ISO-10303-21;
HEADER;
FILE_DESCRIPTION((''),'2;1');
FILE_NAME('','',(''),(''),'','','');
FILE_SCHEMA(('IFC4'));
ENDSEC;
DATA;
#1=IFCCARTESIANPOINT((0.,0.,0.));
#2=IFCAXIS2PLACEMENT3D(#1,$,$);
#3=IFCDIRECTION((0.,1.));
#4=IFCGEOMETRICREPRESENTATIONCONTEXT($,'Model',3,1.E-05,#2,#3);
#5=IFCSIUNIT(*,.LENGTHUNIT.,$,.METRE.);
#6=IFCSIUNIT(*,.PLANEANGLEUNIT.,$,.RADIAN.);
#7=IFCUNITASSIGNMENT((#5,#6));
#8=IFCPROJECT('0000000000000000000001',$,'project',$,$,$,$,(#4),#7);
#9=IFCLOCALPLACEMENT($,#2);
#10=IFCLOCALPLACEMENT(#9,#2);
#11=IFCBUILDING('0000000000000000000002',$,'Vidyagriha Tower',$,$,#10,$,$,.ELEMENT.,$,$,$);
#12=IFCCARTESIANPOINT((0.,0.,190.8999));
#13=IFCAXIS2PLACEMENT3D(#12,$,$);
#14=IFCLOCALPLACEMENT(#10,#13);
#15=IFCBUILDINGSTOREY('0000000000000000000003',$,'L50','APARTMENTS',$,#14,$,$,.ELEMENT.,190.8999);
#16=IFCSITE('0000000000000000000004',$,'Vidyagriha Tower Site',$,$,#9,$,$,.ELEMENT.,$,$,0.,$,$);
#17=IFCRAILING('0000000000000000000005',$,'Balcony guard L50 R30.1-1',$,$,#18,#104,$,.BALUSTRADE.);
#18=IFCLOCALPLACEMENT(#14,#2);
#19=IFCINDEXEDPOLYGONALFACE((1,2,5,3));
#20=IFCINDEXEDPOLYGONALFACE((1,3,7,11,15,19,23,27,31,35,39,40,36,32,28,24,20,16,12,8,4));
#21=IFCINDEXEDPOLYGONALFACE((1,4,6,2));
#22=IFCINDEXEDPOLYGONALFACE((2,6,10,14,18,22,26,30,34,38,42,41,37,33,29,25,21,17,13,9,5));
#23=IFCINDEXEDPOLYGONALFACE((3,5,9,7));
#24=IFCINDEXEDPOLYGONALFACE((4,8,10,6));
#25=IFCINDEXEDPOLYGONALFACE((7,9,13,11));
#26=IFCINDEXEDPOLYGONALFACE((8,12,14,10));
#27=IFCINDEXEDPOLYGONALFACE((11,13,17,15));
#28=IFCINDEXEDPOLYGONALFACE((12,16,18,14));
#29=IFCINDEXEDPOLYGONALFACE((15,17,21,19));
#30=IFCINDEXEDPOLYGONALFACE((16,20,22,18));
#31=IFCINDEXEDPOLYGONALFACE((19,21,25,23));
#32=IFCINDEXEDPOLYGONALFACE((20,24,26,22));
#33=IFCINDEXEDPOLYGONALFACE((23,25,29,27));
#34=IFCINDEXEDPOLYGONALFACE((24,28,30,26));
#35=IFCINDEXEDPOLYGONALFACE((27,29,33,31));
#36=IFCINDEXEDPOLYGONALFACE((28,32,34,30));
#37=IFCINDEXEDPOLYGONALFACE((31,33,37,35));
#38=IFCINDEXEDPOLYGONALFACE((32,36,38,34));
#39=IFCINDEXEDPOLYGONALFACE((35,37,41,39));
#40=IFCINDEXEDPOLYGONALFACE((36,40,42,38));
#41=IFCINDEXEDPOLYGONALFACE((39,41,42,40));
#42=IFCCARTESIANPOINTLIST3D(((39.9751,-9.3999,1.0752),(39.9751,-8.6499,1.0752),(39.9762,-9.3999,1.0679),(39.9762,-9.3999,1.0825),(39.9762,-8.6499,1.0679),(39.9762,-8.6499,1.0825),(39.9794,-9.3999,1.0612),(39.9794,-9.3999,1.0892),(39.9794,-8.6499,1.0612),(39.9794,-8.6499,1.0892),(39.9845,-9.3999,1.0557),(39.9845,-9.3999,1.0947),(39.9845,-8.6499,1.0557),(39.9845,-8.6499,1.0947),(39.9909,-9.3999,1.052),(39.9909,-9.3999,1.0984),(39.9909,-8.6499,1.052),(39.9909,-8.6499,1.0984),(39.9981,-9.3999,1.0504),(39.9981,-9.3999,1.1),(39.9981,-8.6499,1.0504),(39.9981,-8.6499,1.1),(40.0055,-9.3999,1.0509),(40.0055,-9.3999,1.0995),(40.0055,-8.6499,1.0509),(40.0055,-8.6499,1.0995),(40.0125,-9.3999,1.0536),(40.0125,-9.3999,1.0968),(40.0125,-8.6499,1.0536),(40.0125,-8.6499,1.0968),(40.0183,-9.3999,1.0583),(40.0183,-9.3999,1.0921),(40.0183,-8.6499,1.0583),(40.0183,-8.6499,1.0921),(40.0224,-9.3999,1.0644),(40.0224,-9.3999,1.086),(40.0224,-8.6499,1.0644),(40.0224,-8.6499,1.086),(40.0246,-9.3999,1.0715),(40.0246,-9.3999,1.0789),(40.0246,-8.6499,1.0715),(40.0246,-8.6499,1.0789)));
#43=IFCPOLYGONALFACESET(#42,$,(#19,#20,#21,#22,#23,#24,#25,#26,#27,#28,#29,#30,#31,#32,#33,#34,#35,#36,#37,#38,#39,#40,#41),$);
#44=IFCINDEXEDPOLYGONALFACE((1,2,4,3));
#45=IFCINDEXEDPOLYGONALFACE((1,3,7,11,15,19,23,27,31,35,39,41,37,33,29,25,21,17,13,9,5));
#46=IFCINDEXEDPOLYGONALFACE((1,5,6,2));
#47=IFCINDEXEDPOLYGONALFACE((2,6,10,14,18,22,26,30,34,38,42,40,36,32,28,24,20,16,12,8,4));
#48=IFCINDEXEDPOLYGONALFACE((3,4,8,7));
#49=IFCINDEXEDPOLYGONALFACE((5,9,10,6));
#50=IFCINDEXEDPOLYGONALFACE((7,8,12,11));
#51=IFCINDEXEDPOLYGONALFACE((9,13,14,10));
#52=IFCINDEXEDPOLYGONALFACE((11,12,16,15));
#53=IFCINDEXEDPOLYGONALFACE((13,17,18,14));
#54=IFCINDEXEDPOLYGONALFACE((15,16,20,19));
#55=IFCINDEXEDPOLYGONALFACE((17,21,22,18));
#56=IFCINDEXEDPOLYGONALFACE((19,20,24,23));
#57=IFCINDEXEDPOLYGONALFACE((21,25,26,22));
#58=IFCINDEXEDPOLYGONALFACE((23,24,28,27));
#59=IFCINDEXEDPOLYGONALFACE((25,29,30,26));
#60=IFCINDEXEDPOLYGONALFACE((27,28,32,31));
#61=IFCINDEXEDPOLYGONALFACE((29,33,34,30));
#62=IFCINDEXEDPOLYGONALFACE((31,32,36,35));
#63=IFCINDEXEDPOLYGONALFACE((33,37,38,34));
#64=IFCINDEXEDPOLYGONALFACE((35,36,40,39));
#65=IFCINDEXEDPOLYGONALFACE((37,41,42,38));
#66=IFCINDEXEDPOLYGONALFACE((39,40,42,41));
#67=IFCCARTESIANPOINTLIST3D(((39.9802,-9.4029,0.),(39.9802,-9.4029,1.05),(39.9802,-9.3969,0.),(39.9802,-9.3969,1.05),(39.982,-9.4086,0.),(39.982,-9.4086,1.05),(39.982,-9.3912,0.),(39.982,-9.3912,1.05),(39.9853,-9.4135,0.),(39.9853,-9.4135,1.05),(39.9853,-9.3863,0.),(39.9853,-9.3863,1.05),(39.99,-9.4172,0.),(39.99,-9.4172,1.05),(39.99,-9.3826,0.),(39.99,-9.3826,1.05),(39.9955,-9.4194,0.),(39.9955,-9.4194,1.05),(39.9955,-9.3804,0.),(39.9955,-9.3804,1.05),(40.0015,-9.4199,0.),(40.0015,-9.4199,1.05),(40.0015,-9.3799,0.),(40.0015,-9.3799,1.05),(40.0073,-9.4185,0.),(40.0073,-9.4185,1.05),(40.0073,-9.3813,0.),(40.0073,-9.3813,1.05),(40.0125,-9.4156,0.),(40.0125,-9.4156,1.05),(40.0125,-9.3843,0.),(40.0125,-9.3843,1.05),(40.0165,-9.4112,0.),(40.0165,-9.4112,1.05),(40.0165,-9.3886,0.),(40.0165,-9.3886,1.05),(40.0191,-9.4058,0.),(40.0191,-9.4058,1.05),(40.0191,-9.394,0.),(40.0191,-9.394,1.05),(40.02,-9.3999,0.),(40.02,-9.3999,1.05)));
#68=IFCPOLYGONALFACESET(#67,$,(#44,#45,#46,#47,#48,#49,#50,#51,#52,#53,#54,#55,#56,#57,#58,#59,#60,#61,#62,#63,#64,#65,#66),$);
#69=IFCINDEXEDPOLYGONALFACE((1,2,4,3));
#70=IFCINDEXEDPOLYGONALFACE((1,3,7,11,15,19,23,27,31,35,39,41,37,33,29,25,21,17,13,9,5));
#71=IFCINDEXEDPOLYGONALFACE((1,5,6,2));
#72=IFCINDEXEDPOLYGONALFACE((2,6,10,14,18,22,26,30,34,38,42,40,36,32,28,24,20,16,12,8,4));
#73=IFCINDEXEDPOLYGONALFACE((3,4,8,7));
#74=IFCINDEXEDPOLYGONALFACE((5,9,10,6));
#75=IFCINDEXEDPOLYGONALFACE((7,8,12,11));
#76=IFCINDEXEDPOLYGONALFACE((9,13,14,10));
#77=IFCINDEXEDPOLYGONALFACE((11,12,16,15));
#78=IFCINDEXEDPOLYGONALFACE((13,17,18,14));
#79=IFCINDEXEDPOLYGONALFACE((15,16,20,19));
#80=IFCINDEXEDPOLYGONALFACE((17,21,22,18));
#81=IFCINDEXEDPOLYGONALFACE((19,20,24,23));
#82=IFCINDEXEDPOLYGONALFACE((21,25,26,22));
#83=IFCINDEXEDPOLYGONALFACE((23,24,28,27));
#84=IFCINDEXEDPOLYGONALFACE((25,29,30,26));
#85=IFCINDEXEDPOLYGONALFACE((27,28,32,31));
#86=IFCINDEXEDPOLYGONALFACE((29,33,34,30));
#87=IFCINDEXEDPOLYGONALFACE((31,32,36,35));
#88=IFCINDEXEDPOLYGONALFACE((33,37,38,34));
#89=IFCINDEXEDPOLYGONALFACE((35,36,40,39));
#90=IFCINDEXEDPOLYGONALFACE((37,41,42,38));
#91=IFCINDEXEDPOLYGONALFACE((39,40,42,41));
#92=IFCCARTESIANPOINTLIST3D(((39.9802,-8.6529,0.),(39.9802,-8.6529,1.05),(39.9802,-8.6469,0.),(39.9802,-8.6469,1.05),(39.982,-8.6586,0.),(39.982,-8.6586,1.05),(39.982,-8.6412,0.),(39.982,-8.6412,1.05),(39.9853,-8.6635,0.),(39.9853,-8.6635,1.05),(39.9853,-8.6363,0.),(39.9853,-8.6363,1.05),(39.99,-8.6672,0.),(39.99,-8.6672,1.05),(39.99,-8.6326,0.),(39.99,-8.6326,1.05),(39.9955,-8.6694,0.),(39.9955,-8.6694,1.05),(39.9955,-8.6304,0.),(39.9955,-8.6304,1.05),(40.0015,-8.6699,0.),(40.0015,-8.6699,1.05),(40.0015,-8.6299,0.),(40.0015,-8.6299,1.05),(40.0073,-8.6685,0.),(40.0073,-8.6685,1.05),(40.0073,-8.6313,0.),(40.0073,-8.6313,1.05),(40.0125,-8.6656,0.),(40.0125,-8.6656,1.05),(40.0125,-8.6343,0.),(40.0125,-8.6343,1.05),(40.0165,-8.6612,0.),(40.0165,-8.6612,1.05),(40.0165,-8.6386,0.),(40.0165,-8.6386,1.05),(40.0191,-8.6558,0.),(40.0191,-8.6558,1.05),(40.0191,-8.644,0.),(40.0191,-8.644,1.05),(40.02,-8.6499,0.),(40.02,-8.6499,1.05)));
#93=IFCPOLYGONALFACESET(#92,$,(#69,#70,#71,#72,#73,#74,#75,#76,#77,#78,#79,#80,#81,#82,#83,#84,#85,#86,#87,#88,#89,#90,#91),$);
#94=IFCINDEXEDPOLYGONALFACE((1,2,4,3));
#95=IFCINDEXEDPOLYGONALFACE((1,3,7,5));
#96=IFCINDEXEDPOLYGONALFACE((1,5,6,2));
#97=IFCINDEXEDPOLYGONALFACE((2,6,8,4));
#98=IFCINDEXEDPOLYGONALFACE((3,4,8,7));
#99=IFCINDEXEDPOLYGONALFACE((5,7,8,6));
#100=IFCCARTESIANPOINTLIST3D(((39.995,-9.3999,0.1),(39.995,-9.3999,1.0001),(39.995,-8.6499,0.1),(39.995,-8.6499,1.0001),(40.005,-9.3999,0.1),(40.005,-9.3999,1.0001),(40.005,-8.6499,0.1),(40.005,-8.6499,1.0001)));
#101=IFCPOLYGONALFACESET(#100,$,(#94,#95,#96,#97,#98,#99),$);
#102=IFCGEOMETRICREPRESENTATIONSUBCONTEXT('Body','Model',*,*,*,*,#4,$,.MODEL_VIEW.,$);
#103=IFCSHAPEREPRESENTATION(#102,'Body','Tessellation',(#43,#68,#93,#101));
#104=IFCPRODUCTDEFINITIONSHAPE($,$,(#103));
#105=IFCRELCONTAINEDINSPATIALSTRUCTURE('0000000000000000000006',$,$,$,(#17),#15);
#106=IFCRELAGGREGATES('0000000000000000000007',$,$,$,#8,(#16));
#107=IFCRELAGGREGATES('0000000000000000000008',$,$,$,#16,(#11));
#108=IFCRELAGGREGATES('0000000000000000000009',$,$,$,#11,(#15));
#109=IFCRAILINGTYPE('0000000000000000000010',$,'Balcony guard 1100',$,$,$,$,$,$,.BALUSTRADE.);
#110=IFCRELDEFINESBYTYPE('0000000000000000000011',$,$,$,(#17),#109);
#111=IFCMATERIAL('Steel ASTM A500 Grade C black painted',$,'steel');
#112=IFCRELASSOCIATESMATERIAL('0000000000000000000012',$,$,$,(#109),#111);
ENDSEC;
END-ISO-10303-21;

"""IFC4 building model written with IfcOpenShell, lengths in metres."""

from ifc_helpers import new_model, si_unit, direction, frame, origin, origin_2d, place, context, subcontext, project, spatial, rectangle, circle, extrude, material, type_object, element, save


model = new_model("IFC4")

# Units and contexts
model_context = context("Model", 3, precision=1e-05, world=origin(), true_north=direction((0.0, 1.0)))
body_context = subcontext(model_context, "Body", "Model", "MODEL_VIEW")
ifc_project = project(units=[si_unit("LENGTHUNIT", "METRE"), si_unit("PLANEANGLEUNIT", "RADIAN")], contexts=[model_context])

# Site, building, storey
site_placement = place(None, origin())
site = spatial("IfcSite", under=ifc_project, at=site_placement, Name="Vidyagriha Tower Site", CompositionType="ELEMENT", RefElevation=0.0)
building_placement = place(site_placement, origin())
building = spatial("IfcBuilding", under=site, at=building_placement, Name="Vidyagriha Tower", CompositionType="ELEMENT")
storey_placement = place(building_placement, frame((0.0, 0.0, 190.8999)))
storey = spatial("IfcBuildingStorey", under=building, at=storey_placement, Name="L50", Description="APARTMENTS", CompositionType="ELEMENT", Elevation=190.8999)

# Railing
ifc_material_1 = material(Name="Steel ASTM A500 Grade C black painted", Category="steel")
railing_type = type_object("IfcRailingType", Name="Balcony guard 1100", PredefinedType="BALUSTRADE", material=ifc_material_1)
railing_1_placement = place(storey_placement, frame((40.0, -9.3999, 0.0)))
element("IfcRailing", 1, at=railing_1_placement, inside=storey, type_object=railing_type, Name="Balcony guard L50 R30.1-1", PredefinedType="BALUSTRADE", context=body_context, shape_type="SweptSolid", body=[
    extrude(circle(Radius=0.0249, at=origin_2d()), frame((0.0, 0.0, 1.0752), z_axis=(0.0, 1.0, 0.0), x_axis=(-1.0, 0.0, 0.0)), (0.0, 0.0, 1.0), 0.75),
    extrude(circle(Radius=0.02, at=origin_2d()), origin(), (0.0, 0.0, 1.0), 1.05),
    extrude(circle(Radius=0.02, at=origin_2d()), frame((0.0, 0.75, 0.0)), (0.0, 0.0, 1.0), 1.05),
    extrude(rectangle(XDim=0.01, YDim=0.9001, at=origin_2d()), frame((0.0, 0.0, 0.55), z_axis=(0.0, 1.0, 0.0), x_axis=(-1.0, 0.0, 0.0)), (0.0, 0.0, 1.0), 0.75),
])

save(model, "model.ifc")
